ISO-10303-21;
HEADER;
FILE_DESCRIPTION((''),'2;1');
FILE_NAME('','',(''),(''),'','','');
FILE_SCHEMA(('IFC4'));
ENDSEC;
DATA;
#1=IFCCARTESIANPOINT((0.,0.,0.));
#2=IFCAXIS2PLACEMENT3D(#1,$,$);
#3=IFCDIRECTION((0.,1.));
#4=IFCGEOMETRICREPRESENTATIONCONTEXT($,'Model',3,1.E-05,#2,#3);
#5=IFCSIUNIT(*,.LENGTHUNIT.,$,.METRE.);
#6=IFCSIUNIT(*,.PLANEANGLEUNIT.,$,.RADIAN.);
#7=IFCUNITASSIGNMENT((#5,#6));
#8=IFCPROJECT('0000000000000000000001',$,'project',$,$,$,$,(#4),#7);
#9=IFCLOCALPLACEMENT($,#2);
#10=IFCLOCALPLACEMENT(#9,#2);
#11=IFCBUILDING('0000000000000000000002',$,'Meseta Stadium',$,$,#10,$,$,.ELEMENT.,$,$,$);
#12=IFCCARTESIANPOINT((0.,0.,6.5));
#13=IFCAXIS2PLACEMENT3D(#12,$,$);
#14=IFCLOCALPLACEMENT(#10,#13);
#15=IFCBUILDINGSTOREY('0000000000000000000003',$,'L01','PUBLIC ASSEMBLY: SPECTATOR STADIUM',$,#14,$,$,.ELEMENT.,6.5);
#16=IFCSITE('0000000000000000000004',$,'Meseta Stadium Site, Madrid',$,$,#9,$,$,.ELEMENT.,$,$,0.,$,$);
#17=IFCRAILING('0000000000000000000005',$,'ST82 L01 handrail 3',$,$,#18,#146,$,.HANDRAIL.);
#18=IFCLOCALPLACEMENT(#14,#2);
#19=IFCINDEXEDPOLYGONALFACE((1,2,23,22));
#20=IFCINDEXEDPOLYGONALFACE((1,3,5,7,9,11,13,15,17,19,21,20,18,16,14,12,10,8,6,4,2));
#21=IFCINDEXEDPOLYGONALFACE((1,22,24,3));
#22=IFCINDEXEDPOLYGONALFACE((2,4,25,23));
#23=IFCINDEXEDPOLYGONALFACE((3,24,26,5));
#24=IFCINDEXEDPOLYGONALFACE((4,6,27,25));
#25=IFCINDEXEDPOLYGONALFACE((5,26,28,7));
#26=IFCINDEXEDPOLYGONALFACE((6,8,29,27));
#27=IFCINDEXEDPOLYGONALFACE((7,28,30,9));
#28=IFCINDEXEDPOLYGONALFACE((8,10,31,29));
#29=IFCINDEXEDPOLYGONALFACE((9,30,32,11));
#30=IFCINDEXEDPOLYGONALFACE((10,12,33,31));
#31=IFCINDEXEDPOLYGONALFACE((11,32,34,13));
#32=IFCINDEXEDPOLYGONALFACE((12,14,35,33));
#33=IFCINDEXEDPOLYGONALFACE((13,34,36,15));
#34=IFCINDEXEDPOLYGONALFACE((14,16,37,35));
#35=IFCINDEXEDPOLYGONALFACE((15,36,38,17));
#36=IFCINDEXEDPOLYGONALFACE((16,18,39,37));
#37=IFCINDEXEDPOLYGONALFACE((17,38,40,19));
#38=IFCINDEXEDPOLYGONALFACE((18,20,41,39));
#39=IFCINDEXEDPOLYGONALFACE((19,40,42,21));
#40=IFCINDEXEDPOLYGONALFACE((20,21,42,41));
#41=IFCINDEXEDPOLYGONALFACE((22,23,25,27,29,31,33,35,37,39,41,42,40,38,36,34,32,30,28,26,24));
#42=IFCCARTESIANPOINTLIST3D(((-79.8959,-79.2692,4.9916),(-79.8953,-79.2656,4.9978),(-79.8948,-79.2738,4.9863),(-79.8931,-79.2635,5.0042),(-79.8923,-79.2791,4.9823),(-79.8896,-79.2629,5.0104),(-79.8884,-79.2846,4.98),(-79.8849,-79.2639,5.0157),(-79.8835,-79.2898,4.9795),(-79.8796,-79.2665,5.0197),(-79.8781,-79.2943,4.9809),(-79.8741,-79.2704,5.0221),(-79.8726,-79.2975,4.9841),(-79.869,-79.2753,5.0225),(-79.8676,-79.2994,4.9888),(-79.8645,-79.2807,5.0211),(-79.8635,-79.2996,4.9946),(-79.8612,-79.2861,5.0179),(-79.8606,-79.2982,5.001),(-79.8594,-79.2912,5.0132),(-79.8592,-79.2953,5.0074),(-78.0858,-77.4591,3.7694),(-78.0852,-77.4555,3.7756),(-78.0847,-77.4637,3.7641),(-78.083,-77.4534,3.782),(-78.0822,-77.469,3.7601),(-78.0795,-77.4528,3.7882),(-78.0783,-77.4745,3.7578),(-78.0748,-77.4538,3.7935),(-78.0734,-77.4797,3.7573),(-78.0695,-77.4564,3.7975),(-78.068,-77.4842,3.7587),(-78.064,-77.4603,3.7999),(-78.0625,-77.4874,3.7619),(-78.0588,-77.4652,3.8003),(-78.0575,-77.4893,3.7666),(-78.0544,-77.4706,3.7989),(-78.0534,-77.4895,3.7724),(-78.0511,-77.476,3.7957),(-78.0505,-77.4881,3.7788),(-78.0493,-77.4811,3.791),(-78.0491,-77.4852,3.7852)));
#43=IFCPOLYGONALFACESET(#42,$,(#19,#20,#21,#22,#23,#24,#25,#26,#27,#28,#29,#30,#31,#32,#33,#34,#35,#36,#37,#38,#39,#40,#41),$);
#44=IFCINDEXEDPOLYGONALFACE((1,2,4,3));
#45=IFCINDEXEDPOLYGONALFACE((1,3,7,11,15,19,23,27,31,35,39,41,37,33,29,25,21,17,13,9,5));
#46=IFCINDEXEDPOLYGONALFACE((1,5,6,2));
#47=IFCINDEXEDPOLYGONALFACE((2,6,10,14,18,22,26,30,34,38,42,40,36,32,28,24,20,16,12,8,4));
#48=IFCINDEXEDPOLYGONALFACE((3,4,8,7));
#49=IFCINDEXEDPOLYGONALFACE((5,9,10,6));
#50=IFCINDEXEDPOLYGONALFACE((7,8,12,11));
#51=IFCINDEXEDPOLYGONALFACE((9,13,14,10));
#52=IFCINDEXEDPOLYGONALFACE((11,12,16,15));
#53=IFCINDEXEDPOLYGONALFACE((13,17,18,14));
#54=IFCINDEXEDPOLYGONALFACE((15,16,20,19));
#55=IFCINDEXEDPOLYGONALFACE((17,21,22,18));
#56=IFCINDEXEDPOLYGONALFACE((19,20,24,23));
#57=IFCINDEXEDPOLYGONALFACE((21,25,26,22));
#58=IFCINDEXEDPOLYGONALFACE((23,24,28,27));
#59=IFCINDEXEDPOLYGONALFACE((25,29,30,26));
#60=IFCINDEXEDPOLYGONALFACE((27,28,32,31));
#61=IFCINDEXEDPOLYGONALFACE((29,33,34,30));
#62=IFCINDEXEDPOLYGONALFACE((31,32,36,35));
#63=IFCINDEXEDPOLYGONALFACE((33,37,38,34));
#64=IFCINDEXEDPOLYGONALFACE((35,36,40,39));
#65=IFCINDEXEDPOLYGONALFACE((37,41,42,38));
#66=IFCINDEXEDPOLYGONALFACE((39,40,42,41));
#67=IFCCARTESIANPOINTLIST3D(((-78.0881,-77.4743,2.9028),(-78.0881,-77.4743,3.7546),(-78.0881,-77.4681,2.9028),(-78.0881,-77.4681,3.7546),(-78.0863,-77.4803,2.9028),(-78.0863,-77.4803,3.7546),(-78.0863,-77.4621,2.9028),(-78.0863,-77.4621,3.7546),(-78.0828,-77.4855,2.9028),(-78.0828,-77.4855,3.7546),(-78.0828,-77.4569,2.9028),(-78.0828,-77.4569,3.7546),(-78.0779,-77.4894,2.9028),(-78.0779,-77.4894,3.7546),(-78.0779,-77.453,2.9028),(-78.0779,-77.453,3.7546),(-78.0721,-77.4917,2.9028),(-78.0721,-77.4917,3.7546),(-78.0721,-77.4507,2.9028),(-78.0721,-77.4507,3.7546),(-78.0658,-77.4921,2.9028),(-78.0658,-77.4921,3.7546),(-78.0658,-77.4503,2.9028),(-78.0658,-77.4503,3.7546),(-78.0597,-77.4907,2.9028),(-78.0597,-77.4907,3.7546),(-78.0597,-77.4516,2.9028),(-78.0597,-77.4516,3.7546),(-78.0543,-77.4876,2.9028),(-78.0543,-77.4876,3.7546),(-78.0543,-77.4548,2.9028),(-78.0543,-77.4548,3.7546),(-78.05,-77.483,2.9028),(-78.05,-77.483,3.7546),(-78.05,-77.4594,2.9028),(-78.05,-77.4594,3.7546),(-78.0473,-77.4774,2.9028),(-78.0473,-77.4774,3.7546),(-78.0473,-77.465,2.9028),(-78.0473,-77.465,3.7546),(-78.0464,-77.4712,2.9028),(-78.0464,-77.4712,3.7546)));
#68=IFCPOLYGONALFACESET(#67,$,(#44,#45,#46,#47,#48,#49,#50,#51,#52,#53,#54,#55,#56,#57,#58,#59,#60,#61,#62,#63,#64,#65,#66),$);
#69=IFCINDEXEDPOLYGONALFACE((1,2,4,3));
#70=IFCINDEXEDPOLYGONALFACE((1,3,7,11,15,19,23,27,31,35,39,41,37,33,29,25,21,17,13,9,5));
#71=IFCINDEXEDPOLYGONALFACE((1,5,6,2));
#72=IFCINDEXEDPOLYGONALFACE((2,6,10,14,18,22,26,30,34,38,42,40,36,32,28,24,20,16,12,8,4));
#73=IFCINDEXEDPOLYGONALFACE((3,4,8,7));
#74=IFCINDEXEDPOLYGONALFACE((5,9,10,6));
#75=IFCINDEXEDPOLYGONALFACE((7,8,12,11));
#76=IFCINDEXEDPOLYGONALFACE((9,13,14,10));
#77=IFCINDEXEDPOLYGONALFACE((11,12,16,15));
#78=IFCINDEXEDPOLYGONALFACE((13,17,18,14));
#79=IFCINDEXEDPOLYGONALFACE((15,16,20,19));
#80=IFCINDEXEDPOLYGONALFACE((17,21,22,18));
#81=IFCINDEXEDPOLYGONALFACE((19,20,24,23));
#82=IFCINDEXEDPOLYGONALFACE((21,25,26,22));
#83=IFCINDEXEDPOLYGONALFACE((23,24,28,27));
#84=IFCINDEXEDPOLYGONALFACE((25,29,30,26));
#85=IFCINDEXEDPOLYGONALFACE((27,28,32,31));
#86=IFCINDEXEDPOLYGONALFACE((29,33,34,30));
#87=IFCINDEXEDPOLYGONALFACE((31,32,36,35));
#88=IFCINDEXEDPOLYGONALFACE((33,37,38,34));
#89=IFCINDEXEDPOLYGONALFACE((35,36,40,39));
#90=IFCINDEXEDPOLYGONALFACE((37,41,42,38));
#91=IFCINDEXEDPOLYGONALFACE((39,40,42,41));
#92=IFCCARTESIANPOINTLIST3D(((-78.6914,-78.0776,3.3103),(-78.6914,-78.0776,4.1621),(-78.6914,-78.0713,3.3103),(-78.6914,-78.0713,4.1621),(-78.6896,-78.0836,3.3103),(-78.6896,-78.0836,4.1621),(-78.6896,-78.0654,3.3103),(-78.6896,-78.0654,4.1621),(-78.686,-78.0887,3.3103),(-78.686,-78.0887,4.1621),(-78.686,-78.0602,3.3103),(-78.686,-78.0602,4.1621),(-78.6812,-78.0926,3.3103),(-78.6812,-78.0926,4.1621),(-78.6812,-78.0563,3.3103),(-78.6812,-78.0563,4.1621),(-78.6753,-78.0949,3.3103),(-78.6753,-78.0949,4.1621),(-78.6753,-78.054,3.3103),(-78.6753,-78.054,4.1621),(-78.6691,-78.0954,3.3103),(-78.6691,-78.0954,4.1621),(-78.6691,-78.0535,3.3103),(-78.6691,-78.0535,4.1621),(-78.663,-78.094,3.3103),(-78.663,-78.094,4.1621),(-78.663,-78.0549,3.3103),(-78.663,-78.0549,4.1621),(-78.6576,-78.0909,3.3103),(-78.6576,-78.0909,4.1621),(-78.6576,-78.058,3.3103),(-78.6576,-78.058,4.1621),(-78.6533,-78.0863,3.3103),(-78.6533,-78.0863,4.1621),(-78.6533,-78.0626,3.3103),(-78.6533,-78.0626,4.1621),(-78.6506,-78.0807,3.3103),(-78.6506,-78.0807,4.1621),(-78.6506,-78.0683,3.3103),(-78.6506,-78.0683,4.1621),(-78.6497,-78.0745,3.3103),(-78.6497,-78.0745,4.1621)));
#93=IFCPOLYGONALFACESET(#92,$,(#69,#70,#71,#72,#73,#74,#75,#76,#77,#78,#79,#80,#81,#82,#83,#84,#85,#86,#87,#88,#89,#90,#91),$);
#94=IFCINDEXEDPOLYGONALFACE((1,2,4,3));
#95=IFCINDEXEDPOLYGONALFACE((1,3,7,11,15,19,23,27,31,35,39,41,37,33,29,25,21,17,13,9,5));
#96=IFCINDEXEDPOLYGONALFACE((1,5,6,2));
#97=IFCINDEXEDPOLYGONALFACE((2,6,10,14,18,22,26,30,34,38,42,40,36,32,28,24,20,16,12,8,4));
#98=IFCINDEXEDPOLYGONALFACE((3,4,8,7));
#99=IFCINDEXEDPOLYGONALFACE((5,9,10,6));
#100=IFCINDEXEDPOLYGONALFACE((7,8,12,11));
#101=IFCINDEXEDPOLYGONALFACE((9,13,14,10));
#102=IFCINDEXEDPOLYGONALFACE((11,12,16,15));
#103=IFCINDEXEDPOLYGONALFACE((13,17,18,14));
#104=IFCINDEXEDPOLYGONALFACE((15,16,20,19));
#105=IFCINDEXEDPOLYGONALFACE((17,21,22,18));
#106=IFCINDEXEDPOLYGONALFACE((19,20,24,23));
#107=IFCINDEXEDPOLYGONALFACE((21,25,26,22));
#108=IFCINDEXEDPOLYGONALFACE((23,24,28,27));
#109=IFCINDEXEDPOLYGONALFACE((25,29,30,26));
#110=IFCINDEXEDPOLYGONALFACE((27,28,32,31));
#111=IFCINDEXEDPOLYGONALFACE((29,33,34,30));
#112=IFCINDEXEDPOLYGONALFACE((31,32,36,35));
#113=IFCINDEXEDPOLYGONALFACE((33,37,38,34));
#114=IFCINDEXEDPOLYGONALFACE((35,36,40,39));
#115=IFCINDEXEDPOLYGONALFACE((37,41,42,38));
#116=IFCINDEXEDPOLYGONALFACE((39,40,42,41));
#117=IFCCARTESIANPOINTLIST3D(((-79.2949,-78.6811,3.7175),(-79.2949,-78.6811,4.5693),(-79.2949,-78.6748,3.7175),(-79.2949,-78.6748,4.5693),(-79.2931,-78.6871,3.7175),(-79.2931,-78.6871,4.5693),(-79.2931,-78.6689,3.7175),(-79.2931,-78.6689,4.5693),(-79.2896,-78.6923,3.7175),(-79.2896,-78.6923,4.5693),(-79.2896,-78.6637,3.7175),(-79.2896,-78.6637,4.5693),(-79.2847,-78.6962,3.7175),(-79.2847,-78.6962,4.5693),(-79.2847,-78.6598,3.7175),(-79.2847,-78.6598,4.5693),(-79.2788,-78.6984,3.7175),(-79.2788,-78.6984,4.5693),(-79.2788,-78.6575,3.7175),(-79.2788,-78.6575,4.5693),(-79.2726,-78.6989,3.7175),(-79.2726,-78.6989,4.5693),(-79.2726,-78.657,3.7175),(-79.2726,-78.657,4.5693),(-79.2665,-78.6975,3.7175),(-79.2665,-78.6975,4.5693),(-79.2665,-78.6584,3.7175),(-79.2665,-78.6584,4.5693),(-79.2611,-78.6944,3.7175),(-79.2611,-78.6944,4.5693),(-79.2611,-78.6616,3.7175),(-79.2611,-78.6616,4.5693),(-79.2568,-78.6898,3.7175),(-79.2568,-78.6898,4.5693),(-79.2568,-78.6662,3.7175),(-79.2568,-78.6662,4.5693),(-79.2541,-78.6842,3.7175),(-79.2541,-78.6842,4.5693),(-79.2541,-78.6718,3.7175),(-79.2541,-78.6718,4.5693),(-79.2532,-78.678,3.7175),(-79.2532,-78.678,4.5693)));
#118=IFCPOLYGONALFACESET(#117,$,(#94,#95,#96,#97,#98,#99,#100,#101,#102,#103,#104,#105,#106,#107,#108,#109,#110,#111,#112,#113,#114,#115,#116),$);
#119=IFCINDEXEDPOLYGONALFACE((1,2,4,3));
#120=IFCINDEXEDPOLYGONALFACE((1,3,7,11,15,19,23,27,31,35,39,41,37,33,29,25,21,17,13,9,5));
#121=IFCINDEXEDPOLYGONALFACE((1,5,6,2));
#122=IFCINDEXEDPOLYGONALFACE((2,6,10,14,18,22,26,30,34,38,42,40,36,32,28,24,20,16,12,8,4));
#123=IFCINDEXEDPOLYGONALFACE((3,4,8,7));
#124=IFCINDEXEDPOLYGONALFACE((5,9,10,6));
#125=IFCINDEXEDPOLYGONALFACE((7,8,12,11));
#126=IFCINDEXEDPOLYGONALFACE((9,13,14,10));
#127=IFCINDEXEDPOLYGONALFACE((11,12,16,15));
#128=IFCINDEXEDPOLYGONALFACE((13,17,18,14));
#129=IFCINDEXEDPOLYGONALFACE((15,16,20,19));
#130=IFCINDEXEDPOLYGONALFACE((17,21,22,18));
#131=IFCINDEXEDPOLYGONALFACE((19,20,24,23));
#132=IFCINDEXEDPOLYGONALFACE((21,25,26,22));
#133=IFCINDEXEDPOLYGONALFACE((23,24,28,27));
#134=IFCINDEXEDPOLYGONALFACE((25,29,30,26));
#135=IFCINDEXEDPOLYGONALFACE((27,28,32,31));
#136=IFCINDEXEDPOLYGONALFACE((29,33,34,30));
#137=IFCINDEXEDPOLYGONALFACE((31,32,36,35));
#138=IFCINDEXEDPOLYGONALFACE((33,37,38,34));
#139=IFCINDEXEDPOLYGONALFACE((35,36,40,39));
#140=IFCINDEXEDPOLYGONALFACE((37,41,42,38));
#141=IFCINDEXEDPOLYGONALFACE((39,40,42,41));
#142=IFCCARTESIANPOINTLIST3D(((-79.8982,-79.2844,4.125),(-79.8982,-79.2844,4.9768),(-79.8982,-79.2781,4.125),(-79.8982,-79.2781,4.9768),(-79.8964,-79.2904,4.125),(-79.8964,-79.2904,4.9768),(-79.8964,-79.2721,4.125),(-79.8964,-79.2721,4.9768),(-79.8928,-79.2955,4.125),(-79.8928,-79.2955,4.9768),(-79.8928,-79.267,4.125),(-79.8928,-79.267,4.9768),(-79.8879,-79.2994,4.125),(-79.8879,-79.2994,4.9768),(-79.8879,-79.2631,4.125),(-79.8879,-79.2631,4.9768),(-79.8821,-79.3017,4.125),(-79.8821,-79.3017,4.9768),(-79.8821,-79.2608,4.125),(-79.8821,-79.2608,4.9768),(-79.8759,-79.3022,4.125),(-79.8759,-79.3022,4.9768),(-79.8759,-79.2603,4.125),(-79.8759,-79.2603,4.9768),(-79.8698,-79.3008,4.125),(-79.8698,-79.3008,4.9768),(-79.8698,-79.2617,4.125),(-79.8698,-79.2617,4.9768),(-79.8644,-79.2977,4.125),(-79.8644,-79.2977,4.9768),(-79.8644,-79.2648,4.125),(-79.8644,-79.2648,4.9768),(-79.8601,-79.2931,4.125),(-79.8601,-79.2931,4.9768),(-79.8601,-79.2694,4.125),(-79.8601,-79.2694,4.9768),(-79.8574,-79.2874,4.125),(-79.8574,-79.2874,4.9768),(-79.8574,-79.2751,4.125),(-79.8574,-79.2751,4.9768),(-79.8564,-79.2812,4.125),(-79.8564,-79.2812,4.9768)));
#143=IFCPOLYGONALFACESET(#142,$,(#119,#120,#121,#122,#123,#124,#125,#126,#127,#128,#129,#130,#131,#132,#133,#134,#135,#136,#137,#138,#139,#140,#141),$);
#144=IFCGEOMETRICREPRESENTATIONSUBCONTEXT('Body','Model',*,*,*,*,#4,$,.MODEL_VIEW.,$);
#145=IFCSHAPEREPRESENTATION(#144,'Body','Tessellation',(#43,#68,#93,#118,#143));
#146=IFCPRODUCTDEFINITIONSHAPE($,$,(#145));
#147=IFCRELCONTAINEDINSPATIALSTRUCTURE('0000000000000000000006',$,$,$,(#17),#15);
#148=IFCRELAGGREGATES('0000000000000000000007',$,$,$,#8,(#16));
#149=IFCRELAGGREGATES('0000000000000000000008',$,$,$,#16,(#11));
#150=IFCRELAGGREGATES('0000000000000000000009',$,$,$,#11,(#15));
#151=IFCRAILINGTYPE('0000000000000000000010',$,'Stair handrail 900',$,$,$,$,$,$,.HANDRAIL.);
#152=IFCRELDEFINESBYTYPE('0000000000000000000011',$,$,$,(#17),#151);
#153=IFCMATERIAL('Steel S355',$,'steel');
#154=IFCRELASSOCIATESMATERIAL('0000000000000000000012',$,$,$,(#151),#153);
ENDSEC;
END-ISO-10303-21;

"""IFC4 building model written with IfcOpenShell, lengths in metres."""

from ifc_helpers import new_model, si_unit, direction, frame, origin, origin_2d, place, context, subcontext, project, spatial, circle, extrude, material, type_object, element, save


model = new_model("IFC4")

# Units and contexts
model_context = context("Model", 3, precision=1e-05, world=origin(), true_north=direction((0.0, 1.0)))
body_context = subcontext(model_context, "Body", "Model", "MODEL_VIEW")
ifc_project = project(units=[si_unit("LENGTHUNIT", "METRE"), si_unit("PLANEANGLEUNIT", "RADIAN")], contexts=[model_context])

# Site, building, storey
site_placement = place(None, origin())
site = spatial("IfcSite", under=ifc_project, at=site_placement, Name="Meseta Stadium Site, Madrid", CompositionType="ELEMENT", RefElevation=0.0)
building_placement = place(site_placement, origin())
building = spatial("IfcBuilding", under=site, at=building_placement, Name="Meseta Stadium", CompositionType="ELEMENT")
storey_placement = place(building_placement, frame((0.0, 0.0, 6.5)))
storey = spatial("IfcBuildingStorey", under=building, at=storey_placement, Name="L01", Description="PUBLIC ASSEMBLY: SPECTATOR STADIUM", CompositionType="ELEMENT", Elevation=6.5)

# Railing
ifc_material_1 = material(Name="Steel S355", Category="steel")
railing_type_1 = type_object("IfcRailingType", Name="Stair handrail 900", PredefinedType="HANDRAIL", material=ifc_material_1)
for number, where, name in (
    (1, (-78.0674, -77.4712, 2.9028), "ST82 L01 handrail 3"),
):
    element("IfcRailing", number, at=place(storey_placement, frame(where)), inside=storey, type_object=railing_type_1, Name=name, PredefinedType="HANDRAIL", context=body_context, shape_type="SweptSolid", body=[
        extrude(circle(Radius=0.0239, at=origin_2d()), frame((0.0, 0.0, 0.876), z_axis=(-0.638108, -0.638108, 0.430856), x_axis=(0.707107, -0.707107, 0.0)), (0.0, 0.0, 1.0), 2.8367),
        extrude(circle(Radius=0.021, at=origin_2d()), origin(), (0.0, 0.0, 1.0), 0.8518),
        extrude(circle(Radius=0.021, at=origin_2d()), frame((-0.6033, -0.6033, 0.4075)), (0.0, 0.0, 1.0), 0.8518),
        extrude(circle(Radius=0.021, at=origin_2d()), frame((-1.2068, -1.2068, 0.8147)), (0.0, 0.0, 1.0), 0.8518),
        extrude(circle(Radius=0.021, at=origin_2d()), frame((-1.8101, -1.8101, 1.2222)), (0.0, 0.0, 1.0), 0.8518),
    ])

save(model, "model.ifc")
